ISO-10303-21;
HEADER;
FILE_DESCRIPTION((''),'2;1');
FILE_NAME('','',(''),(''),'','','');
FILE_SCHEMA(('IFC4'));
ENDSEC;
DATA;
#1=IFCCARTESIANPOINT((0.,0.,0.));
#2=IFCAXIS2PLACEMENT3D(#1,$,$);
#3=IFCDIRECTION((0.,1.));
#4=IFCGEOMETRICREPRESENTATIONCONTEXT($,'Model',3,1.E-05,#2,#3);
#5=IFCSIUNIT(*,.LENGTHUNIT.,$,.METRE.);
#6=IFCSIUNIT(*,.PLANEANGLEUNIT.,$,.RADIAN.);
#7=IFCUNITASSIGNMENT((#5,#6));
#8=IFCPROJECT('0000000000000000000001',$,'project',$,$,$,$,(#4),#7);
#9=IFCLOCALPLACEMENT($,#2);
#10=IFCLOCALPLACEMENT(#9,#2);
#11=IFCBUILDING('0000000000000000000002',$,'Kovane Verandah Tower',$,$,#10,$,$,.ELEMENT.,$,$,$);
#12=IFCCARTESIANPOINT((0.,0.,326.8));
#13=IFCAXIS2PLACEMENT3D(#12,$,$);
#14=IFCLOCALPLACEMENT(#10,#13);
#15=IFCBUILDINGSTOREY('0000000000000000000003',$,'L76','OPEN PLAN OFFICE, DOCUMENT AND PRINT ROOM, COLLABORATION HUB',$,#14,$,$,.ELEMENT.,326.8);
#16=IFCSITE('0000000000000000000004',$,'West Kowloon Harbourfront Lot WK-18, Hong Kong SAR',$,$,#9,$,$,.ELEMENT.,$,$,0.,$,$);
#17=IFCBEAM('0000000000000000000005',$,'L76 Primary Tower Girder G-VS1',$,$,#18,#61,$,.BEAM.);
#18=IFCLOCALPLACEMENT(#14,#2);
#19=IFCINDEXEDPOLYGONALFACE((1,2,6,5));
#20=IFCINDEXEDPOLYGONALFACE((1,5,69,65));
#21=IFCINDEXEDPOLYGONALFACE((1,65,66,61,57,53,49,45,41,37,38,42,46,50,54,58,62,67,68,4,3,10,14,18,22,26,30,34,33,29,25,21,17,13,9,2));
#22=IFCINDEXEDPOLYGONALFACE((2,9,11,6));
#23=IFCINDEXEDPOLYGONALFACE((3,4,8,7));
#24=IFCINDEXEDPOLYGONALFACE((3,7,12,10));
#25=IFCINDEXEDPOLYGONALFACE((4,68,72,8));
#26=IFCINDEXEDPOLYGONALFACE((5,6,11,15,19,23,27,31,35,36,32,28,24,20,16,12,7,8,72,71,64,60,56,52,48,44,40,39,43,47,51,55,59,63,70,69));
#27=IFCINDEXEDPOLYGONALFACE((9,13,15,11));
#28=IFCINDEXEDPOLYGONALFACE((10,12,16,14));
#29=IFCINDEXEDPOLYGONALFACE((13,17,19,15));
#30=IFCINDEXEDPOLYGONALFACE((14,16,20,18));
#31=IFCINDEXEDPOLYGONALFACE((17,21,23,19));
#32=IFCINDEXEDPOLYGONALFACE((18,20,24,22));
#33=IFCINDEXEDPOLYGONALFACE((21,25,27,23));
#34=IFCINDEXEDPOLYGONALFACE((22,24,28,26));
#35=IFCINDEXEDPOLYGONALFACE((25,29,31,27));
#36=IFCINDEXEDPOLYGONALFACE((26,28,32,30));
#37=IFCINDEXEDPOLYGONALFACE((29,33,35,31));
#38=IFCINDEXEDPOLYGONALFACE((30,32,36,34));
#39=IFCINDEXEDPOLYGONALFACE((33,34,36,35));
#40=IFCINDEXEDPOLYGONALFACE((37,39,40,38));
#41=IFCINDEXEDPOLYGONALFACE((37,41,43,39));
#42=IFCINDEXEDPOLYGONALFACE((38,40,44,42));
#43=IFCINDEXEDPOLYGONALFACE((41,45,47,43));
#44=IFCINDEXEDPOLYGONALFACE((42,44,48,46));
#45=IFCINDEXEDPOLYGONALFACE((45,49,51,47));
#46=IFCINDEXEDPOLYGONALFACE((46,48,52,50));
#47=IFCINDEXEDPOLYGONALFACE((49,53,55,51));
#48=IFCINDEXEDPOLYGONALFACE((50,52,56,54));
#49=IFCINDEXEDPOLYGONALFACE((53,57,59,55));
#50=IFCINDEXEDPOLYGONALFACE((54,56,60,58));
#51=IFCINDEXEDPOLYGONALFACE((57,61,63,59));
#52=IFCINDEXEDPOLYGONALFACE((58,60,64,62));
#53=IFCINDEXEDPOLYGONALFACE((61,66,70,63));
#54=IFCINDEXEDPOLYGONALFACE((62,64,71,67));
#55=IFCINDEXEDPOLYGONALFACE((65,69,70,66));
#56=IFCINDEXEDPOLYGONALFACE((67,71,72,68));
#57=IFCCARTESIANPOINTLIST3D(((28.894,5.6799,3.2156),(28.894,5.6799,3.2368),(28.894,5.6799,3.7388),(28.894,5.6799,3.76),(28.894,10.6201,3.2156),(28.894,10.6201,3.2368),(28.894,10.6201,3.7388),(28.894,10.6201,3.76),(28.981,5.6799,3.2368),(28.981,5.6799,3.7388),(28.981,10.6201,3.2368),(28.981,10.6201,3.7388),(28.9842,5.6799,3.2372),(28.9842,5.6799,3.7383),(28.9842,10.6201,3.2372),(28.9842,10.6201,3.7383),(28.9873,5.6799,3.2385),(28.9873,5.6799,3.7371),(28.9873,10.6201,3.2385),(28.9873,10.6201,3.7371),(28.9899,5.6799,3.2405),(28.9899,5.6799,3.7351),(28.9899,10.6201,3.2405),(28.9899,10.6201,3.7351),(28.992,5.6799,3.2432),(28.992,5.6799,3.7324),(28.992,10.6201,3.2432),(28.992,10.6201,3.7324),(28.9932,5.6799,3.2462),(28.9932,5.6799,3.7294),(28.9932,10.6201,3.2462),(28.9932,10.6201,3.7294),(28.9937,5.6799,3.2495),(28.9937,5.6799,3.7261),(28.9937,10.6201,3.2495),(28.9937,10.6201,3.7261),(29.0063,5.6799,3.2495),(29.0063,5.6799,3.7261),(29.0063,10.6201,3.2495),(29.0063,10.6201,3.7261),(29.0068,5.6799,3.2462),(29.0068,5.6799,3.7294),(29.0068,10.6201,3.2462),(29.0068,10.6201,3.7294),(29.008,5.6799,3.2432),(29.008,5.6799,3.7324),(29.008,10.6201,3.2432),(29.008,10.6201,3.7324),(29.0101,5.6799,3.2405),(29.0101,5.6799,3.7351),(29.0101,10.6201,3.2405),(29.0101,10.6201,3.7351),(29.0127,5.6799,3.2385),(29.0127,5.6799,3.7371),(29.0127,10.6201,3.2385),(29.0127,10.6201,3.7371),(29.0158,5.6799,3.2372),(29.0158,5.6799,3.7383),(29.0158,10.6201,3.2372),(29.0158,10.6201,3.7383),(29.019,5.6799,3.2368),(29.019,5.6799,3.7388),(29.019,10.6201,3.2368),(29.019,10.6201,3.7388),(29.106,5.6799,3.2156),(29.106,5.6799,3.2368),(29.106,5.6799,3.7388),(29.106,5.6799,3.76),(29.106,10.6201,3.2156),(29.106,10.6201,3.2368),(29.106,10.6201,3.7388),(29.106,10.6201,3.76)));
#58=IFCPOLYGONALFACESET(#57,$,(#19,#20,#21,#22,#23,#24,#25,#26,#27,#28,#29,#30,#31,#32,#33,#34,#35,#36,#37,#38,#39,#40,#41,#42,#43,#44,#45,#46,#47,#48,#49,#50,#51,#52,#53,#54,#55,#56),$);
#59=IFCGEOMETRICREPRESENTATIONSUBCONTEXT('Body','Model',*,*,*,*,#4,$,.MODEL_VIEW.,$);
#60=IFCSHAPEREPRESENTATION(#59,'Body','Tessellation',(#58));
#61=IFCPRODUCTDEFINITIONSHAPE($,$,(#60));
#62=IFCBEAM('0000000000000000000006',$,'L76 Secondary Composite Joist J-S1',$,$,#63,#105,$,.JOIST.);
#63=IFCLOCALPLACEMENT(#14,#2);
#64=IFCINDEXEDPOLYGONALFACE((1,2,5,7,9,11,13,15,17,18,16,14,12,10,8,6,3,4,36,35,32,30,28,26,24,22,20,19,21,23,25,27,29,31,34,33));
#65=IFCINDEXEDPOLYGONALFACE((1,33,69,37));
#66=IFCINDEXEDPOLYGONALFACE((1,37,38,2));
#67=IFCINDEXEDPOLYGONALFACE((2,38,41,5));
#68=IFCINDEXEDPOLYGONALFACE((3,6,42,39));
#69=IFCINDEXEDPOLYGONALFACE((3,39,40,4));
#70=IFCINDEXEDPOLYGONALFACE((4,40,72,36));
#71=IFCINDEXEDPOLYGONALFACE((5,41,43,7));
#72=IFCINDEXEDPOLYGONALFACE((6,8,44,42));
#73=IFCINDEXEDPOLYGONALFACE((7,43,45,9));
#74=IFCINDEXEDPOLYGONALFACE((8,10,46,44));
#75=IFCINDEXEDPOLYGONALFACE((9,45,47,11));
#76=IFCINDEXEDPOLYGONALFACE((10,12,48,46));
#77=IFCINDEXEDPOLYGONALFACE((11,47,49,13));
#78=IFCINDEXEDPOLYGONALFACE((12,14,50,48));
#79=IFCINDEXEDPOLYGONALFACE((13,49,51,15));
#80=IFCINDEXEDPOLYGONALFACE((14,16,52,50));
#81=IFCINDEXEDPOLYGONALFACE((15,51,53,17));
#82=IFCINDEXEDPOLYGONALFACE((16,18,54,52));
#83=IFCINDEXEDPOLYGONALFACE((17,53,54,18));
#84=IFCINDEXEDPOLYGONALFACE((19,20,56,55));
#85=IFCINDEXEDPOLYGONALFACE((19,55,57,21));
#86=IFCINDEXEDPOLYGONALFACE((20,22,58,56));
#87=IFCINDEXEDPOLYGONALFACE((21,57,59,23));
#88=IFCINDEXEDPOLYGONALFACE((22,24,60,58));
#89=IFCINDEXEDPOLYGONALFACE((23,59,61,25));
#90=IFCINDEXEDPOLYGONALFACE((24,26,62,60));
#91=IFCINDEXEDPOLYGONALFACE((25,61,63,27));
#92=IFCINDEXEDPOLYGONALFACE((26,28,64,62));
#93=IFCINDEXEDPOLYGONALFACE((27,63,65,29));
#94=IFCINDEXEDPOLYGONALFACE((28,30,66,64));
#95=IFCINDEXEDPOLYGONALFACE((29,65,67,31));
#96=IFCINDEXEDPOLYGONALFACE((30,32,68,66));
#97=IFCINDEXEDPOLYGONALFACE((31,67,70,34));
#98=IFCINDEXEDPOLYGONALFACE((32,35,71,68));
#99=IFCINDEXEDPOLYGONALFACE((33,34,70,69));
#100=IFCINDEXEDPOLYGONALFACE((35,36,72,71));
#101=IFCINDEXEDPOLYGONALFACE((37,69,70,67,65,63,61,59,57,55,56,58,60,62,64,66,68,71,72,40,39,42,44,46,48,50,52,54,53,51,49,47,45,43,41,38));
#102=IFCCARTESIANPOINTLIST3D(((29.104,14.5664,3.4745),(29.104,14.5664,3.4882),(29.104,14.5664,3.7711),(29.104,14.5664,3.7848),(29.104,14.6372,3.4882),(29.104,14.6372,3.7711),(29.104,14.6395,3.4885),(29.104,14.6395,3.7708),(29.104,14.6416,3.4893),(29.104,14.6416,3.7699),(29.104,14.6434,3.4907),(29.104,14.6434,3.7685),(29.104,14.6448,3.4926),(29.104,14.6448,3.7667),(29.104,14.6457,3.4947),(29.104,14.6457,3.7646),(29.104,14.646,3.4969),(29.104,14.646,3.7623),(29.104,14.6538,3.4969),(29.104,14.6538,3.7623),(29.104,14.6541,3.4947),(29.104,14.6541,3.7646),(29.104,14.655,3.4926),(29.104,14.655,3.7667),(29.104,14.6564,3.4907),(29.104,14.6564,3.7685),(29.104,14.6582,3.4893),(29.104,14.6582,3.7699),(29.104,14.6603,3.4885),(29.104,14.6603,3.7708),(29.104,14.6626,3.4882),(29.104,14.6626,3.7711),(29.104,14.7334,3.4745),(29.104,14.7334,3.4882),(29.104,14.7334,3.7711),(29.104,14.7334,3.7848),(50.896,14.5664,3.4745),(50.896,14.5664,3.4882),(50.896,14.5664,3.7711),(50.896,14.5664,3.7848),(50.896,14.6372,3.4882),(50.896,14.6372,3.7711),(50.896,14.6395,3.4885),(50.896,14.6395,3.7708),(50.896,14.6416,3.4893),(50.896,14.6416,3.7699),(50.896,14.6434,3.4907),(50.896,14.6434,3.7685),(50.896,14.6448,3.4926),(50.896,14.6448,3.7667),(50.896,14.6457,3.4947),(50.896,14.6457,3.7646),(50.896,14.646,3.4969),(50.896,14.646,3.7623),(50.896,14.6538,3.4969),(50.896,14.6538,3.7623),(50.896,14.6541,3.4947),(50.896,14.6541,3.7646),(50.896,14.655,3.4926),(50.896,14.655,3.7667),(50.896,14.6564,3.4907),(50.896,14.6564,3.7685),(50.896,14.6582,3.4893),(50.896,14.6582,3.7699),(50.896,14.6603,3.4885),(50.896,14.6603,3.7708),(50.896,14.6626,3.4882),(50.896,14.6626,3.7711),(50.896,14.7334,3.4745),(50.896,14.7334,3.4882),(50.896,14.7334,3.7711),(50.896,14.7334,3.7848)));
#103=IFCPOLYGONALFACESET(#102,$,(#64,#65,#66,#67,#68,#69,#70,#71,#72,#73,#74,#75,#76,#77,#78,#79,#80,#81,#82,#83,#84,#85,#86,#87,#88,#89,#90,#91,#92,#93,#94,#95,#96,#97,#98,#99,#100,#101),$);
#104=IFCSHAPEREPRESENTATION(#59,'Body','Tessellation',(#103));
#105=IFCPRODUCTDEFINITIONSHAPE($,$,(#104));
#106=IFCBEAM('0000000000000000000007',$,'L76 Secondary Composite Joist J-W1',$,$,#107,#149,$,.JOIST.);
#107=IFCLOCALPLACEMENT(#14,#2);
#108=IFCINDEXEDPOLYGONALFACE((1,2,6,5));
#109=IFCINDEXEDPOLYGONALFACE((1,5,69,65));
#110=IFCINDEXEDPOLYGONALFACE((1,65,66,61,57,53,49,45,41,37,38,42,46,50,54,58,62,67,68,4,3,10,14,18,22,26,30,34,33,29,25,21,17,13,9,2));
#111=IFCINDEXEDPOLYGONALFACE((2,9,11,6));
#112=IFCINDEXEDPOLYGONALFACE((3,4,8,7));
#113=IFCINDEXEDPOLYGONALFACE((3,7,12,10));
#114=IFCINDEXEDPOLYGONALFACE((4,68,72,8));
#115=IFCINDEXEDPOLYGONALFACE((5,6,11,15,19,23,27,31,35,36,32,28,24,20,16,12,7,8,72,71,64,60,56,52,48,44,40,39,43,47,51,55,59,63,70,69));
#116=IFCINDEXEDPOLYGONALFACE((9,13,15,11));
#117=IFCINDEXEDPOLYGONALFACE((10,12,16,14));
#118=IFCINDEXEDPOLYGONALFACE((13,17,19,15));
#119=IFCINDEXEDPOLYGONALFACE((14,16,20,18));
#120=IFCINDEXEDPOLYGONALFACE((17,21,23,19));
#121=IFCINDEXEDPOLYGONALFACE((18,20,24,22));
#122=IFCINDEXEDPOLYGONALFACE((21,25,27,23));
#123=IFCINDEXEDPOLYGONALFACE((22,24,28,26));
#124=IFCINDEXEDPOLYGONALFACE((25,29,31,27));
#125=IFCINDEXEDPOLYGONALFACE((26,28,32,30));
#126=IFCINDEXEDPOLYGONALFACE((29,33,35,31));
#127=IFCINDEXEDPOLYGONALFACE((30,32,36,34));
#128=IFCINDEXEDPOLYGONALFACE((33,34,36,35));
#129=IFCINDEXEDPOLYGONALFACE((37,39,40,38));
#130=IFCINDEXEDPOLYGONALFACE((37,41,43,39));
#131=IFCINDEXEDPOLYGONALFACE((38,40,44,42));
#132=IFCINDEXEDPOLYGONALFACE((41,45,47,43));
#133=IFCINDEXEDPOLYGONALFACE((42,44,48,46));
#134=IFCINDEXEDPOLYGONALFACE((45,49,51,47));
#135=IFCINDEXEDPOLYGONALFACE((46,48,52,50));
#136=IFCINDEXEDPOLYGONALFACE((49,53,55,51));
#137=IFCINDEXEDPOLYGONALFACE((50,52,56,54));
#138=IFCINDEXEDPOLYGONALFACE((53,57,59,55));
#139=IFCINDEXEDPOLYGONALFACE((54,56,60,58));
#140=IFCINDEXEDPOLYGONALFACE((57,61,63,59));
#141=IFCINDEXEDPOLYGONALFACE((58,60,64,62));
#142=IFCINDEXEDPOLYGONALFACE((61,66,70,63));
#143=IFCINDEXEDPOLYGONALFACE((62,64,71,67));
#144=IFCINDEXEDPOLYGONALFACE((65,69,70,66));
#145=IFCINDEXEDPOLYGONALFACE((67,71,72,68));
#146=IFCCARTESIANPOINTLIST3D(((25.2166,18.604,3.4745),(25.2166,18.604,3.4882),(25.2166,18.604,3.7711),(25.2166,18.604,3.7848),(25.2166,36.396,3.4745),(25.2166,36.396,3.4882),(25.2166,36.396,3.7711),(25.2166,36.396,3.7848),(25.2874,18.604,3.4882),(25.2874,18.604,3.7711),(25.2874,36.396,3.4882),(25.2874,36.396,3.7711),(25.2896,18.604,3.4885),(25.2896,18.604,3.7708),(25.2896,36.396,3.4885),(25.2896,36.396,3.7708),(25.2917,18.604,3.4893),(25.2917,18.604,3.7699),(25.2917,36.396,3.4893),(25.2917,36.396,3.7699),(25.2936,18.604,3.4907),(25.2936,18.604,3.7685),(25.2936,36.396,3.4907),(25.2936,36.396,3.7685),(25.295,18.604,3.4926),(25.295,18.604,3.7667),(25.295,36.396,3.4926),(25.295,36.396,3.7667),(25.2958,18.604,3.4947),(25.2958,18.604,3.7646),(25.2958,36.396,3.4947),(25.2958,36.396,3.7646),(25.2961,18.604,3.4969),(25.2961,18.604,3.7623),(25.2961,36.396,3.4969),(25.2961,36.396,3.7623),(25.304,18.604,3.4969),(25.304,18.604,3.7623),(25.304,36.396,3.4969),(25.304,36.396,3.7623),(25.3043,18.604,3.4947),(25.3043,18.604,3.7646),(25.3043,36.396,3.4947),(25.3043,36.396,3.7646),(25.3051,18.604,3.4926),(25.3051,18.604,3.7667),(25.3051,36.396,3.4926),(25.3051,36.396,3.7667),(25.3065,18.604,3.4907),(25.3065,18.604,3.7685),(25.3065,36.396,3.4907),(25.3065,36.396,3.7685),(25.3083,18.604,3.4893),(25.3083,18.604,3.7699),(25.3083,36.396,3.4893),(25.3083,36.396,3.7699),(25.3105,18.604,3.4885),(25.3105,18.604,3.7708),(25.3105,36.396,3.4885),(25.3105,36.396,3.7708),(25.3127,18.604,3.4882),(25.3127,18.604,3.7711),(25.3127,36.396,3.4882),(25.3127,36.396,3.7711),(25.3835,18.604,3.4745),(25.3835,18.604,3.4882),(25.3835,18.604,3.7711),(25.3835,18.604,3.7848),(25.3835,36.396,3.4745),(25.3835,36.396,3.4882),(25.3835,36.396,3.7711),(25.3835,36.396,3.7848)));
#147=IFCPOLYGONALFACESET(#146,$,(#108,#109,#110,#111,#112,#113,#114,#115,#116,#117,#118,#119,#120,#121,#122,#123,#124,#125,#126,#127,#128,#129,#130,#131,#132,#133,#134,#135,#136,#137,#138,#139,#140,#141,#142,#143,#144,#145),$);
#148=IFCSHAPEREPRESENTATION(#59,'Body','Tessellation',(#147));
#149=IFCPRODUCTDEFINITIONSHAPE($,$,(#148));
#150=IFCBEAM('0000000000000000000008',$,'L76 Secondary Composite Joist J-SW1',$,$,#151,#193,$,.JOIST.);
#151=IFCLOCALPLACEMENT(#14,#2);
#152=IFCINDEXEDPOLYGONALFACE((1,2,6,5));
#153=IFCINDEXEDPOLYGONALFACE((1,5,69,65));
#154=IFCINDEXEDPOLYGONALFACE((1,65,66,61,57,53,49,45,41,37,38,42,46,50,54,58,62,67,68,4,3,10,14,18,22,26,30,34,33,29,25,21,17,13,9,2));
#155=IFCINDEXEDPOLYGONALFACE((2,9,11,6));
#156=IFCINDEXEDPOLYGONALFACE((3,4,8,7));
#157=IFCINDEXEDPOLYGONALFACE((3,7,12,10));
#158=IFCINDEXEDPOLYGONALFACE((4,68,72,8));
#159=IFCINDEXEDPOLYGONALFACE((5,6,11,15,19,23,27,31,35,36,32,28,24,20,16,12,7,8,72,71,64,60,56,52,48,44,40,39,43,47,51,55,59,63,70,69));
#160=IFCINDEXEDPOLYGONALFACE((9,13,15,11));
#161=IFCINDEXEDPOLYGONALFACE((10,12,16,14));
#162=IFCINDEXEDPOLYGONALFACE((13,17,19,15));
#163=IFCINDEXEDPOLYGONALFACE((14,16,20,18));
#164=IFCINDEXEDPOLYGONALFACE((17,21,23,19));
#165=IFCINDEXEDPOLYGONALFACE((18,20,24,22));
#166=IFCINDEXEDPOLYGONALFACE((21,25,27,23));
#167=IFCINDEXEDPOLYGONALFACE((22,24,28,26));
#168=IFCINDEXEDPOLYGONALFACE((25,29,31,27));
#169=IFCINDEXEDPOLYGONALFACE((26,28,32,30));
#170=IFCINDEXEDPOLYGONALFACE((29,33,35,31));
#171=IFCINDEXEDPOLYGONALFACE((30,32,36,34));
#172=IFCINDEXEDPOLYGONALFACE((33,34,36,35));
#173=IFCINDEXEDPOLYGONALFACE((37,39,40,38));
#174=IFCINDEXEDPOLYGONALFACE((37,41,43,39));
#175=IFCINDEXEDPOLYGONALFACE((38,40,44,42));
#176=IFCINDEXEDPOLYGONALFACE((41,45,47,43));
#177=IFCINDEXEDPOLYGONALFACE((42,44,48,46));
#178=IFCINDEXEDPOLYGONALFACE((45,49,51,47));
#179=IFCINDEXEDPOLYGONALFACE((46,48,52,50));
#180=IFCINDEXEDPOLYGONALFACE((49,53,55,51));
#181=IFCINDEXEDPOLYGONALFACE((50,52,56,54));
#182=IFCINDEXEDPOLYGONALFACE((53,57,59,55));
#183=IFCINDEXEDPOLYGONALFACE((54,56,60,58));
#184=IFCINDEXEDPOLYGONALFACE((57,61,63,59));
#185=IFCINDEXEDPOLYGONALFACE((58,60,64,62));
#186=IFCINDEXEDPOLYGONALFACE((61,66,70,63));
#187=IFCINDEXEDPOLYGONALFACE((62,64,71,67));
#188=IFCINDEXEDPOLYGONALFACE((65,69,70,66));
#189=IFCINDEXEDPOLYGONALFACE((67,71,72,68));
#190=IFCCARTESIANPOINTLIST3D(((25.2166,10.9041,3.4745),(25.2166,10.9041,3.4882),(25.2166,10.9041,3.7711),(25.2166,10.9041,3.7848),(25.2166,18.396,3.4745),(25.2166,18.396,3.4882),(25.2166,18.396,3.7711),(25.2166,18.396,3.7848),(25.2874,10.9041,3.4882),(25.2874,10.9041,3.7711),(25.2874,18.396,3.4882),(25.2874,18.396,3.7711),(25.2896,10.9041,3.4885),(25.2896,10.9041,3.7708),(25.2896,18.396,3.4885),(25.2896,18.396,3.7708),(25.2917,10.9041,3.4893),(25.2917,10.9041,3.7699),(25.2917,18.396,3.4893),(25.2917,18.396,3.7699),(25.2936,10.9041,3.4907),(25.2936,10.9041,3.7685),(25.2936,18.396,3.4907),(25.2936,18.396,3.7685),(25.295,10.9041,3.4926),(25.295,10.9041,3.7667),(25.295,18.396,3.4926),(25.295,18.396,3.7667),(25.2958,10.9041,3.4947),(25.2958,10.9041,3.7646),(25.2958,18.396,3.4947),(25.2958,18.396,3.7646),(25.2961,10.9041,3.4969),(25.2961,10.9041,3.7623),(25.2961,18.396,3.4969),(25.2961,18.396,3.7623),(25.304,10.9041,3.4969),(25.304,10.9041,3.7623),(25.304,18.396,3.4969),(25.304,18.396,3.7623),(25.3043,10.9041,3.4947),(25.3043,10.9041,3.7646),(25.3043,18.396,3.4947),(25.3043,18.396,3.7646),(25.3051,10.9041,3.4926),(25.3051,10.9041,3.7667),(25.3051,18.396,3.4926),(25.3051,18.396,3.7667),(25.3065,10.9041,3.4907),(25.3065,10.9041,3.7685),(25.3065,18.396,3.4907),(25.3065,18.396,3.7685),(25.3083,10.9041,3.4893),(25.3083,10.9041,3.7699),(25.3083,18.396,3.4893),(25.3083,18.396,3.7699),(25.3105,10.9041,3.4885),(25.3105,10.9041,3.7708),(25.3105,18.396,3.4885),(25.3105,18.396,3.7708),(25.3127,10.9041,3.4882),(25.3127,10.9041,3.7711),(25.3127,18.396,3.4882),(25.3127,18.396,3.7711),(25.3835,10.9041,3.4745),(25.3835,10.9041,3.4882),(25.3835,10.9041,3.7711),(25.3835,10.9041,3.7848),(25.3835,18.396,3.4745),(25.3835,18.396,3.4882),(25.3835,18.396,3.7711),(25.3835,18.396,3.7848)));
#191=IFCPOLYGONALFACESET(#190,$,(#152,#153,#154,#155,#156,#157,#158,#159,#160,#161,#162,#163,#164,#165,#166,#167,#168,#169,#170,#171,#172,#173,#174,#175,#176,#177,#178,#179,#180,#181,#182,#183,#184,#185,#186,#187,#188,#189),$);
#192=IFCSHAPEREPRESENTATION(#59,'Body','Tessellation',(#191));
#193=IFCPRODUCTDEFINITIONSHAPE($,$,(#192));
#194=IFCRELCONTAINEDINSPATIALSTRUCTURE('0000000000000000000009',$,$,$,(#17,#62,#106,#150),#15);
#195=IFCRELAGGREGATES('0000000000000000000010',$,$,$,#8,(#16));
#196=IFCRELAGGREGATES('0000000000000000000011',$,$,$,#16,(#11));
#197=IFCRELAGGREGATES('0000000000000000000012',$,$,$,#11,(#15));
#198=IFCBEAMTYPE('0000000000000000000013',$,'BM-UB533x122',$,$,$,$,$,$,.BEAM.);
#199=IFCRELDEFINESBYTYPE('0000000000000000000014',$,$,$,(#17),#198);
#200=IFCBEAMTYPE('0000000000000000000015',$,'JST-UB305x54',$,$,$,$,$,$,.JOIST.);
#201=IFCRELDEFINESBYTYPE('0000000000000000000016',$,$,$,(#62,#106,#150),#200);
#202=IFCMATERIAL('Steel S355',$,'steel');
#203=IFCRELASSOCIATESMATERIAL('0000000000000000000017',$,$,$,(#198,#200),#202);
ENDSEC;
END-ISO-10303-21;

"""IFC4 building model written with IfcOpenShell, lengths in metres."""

from ifc_helpers import new_model, si_unit, direction, frame, origin, origin_2d, place, context, subcontext, project, spatial, i_section, extrude, material, material_profile, profile_set, type_object, element, save


model = new_model("IFC4")

# Units and contexts
model_context = context("Model", 3, precision=1e-05, world=origin(), true_north=direction((0.0, 1.0)))
body_context = subcontext(model_context, "Body", "Model", "MODEL_VIEW")
ifc_project = project(units=[si_unit("LENGTHUNIT", "METRE"), si_unit("PLANEANGLEUNIT", "RADIAN")], contexts=[model_context])

# Site, building, storey
site_placement = place(None, origin())
site = spatial("IfcSite", under=ifc_project, at=site_placement, Name="West Kowloon Harbourfront Lot WK-18, Hong Kong SAR", CompositionType="ELEMENT", RefElevation=0.0)
building_placement = place(site_placement, origin())
building = spatial("IfcBuilding", under=site, at=building_placement, Name="Kovane Verandah Tower", CompositionType="ELEMENT")
storey_placement = place(building_placement, frame((0.0, 0.0, 326.8)))
storey = spatial("IfcBuildingStorey", under=building, at=storey_placement, Name="L76", Description="OPEN PLAN OFFICE, DOCUMENT AND PRINT ROOM, COLLABORATION HUB", CompositionType="ELEMENT", Elevation=326.8)

# Beams
ifc_material_1 = material(Name="Steel S355", Category="steel")
ifc_material_profile_1 = material_profile(ifc_material_1, i_section(OverallWidth=0.2119, OverallDepth=0.5444, WebThickness=0.0127, FlangeThickness=0.0212, FilletRadius=0.0127, at=origin_2d()), Name="UB533x210x122")
ifc_profile_set_1 = profile_set([ifc_material_profile_1], Name="Steel S355")
beam_type_1 = type_object("IfcBeamType", Name="BM-UB533x122", PredefinedType="BEAM", material=ifc_profile_set_1)
beam_1_placement = place(storey_placement, frame((29.0, 10.6201, 3.4878), z_axis=(0.0, -1.0, 0.0), x_axis=(1.0, 0.0, 0.0)))
element("IfcBeam", 1, at=beam_1_placement, inside=storey, type_object=beam_type_1, Name="L76 Primary Tower Girder G-VS1", PredefinedType="BEAM", context=body_context, shape_type="SweptSolid", body=[
    extrude(i_section(OverallWidth=0.2119, OverallDepth=0.5444, WebThickness=0.0127, FlangeThickness=0.0212, FilletRadius=0.0127, at=origin_2d()), origin(), (0.0, 0.0, 1.0), 4.9402),
])
ifc_material_profile_2 = material_profile(ifc_material_1, i_section(OverallWidth=0.167, OverallDepth=0.3103, WebThickness=0.0078, FlangeThickness=0.0137, FilletRadius=0.0088, at=origin_2d()), Name="UB305x165x54")
ifc_profile_set_2 = profile_set([ifc_material_profile_2], Name="Steel S355")
beam_type_2 = type_object("IfcBeamType", Name="JST-UB305x54", PredefinedType="JOIST", material=ifc_profile_set_2)
beam_2_placement = place(storey_placement, frame((29.104, 14.6499, 3.6296), z_axis=(1.0, 0.0, 0.0), x_axis=(0.0, 1.0, 0.0)))
element("IfcBeam", 2, at=beam_2_placement, inside=storey, type_object=beam_type_2, Name="L76 Secondary Composite Joist J-S1", PredefinedType="JOIST", context=body_context, shape_type="SweptSolid", body=[
    extrude(i_section(OverallWidth=0.167, OverallDepth=0.3103, WebThickness=0.0078, FlangeThickness=0.0137, FilletRadius=0.0088, at=origin_2d()), origin(), (0.0, 0.0, 1.0), 21.792),
])
beam_3_placement = place(storey_placement, frame((25.3, 18.604, 3.6296), z_axis=(0.0, 1.0, 0.0), x_axis=(-1.0, 0.0, 0.0)))
element("IfcBeam", 3, at=beam_3_placement, inside=storey, type_object=beam_type_2, Name="L76 Secondary Composite Joist J-W1", PredefinedType="JOIST", context=body_context, shape_type="SweptSolid", body=[
    extrude(i_section(OverallWidth=0.167, OverallDepth=0.3103, WebThickness=0.0078, FlangeThickness=0.0137, FilletRadius=0.0088, at=origin_2d()), origin(), (0.0, 0.0, 1.0), 17.792),
])
beam_4_placement = place(storey_placement, frame((25.3, 10.9041, 3.6296), z_axis=(0.0, 1.0, 0.0), x_axis=(-1.0, 0.0, 0.0)))
element("IfcBeam", 4, at=beam_4_placement, inside=storey, type_object=beam_type_2, Name="L76 Secondary Composite Joist J-SW1", PredefinedType="JOIST", context=body_context, shape_type="SweptSolid", body=[
    extrude(i_section(OverallWidth=0.167, OverallDepth=0.3103, WebThickness=0.0078, FlangeThickness=0.0137, FilletRadius=0.0088, at=origin_2d()), origin(), (0.0, 0.0, 1.0), 7.4919),
])

save(model, "model.ifc")
